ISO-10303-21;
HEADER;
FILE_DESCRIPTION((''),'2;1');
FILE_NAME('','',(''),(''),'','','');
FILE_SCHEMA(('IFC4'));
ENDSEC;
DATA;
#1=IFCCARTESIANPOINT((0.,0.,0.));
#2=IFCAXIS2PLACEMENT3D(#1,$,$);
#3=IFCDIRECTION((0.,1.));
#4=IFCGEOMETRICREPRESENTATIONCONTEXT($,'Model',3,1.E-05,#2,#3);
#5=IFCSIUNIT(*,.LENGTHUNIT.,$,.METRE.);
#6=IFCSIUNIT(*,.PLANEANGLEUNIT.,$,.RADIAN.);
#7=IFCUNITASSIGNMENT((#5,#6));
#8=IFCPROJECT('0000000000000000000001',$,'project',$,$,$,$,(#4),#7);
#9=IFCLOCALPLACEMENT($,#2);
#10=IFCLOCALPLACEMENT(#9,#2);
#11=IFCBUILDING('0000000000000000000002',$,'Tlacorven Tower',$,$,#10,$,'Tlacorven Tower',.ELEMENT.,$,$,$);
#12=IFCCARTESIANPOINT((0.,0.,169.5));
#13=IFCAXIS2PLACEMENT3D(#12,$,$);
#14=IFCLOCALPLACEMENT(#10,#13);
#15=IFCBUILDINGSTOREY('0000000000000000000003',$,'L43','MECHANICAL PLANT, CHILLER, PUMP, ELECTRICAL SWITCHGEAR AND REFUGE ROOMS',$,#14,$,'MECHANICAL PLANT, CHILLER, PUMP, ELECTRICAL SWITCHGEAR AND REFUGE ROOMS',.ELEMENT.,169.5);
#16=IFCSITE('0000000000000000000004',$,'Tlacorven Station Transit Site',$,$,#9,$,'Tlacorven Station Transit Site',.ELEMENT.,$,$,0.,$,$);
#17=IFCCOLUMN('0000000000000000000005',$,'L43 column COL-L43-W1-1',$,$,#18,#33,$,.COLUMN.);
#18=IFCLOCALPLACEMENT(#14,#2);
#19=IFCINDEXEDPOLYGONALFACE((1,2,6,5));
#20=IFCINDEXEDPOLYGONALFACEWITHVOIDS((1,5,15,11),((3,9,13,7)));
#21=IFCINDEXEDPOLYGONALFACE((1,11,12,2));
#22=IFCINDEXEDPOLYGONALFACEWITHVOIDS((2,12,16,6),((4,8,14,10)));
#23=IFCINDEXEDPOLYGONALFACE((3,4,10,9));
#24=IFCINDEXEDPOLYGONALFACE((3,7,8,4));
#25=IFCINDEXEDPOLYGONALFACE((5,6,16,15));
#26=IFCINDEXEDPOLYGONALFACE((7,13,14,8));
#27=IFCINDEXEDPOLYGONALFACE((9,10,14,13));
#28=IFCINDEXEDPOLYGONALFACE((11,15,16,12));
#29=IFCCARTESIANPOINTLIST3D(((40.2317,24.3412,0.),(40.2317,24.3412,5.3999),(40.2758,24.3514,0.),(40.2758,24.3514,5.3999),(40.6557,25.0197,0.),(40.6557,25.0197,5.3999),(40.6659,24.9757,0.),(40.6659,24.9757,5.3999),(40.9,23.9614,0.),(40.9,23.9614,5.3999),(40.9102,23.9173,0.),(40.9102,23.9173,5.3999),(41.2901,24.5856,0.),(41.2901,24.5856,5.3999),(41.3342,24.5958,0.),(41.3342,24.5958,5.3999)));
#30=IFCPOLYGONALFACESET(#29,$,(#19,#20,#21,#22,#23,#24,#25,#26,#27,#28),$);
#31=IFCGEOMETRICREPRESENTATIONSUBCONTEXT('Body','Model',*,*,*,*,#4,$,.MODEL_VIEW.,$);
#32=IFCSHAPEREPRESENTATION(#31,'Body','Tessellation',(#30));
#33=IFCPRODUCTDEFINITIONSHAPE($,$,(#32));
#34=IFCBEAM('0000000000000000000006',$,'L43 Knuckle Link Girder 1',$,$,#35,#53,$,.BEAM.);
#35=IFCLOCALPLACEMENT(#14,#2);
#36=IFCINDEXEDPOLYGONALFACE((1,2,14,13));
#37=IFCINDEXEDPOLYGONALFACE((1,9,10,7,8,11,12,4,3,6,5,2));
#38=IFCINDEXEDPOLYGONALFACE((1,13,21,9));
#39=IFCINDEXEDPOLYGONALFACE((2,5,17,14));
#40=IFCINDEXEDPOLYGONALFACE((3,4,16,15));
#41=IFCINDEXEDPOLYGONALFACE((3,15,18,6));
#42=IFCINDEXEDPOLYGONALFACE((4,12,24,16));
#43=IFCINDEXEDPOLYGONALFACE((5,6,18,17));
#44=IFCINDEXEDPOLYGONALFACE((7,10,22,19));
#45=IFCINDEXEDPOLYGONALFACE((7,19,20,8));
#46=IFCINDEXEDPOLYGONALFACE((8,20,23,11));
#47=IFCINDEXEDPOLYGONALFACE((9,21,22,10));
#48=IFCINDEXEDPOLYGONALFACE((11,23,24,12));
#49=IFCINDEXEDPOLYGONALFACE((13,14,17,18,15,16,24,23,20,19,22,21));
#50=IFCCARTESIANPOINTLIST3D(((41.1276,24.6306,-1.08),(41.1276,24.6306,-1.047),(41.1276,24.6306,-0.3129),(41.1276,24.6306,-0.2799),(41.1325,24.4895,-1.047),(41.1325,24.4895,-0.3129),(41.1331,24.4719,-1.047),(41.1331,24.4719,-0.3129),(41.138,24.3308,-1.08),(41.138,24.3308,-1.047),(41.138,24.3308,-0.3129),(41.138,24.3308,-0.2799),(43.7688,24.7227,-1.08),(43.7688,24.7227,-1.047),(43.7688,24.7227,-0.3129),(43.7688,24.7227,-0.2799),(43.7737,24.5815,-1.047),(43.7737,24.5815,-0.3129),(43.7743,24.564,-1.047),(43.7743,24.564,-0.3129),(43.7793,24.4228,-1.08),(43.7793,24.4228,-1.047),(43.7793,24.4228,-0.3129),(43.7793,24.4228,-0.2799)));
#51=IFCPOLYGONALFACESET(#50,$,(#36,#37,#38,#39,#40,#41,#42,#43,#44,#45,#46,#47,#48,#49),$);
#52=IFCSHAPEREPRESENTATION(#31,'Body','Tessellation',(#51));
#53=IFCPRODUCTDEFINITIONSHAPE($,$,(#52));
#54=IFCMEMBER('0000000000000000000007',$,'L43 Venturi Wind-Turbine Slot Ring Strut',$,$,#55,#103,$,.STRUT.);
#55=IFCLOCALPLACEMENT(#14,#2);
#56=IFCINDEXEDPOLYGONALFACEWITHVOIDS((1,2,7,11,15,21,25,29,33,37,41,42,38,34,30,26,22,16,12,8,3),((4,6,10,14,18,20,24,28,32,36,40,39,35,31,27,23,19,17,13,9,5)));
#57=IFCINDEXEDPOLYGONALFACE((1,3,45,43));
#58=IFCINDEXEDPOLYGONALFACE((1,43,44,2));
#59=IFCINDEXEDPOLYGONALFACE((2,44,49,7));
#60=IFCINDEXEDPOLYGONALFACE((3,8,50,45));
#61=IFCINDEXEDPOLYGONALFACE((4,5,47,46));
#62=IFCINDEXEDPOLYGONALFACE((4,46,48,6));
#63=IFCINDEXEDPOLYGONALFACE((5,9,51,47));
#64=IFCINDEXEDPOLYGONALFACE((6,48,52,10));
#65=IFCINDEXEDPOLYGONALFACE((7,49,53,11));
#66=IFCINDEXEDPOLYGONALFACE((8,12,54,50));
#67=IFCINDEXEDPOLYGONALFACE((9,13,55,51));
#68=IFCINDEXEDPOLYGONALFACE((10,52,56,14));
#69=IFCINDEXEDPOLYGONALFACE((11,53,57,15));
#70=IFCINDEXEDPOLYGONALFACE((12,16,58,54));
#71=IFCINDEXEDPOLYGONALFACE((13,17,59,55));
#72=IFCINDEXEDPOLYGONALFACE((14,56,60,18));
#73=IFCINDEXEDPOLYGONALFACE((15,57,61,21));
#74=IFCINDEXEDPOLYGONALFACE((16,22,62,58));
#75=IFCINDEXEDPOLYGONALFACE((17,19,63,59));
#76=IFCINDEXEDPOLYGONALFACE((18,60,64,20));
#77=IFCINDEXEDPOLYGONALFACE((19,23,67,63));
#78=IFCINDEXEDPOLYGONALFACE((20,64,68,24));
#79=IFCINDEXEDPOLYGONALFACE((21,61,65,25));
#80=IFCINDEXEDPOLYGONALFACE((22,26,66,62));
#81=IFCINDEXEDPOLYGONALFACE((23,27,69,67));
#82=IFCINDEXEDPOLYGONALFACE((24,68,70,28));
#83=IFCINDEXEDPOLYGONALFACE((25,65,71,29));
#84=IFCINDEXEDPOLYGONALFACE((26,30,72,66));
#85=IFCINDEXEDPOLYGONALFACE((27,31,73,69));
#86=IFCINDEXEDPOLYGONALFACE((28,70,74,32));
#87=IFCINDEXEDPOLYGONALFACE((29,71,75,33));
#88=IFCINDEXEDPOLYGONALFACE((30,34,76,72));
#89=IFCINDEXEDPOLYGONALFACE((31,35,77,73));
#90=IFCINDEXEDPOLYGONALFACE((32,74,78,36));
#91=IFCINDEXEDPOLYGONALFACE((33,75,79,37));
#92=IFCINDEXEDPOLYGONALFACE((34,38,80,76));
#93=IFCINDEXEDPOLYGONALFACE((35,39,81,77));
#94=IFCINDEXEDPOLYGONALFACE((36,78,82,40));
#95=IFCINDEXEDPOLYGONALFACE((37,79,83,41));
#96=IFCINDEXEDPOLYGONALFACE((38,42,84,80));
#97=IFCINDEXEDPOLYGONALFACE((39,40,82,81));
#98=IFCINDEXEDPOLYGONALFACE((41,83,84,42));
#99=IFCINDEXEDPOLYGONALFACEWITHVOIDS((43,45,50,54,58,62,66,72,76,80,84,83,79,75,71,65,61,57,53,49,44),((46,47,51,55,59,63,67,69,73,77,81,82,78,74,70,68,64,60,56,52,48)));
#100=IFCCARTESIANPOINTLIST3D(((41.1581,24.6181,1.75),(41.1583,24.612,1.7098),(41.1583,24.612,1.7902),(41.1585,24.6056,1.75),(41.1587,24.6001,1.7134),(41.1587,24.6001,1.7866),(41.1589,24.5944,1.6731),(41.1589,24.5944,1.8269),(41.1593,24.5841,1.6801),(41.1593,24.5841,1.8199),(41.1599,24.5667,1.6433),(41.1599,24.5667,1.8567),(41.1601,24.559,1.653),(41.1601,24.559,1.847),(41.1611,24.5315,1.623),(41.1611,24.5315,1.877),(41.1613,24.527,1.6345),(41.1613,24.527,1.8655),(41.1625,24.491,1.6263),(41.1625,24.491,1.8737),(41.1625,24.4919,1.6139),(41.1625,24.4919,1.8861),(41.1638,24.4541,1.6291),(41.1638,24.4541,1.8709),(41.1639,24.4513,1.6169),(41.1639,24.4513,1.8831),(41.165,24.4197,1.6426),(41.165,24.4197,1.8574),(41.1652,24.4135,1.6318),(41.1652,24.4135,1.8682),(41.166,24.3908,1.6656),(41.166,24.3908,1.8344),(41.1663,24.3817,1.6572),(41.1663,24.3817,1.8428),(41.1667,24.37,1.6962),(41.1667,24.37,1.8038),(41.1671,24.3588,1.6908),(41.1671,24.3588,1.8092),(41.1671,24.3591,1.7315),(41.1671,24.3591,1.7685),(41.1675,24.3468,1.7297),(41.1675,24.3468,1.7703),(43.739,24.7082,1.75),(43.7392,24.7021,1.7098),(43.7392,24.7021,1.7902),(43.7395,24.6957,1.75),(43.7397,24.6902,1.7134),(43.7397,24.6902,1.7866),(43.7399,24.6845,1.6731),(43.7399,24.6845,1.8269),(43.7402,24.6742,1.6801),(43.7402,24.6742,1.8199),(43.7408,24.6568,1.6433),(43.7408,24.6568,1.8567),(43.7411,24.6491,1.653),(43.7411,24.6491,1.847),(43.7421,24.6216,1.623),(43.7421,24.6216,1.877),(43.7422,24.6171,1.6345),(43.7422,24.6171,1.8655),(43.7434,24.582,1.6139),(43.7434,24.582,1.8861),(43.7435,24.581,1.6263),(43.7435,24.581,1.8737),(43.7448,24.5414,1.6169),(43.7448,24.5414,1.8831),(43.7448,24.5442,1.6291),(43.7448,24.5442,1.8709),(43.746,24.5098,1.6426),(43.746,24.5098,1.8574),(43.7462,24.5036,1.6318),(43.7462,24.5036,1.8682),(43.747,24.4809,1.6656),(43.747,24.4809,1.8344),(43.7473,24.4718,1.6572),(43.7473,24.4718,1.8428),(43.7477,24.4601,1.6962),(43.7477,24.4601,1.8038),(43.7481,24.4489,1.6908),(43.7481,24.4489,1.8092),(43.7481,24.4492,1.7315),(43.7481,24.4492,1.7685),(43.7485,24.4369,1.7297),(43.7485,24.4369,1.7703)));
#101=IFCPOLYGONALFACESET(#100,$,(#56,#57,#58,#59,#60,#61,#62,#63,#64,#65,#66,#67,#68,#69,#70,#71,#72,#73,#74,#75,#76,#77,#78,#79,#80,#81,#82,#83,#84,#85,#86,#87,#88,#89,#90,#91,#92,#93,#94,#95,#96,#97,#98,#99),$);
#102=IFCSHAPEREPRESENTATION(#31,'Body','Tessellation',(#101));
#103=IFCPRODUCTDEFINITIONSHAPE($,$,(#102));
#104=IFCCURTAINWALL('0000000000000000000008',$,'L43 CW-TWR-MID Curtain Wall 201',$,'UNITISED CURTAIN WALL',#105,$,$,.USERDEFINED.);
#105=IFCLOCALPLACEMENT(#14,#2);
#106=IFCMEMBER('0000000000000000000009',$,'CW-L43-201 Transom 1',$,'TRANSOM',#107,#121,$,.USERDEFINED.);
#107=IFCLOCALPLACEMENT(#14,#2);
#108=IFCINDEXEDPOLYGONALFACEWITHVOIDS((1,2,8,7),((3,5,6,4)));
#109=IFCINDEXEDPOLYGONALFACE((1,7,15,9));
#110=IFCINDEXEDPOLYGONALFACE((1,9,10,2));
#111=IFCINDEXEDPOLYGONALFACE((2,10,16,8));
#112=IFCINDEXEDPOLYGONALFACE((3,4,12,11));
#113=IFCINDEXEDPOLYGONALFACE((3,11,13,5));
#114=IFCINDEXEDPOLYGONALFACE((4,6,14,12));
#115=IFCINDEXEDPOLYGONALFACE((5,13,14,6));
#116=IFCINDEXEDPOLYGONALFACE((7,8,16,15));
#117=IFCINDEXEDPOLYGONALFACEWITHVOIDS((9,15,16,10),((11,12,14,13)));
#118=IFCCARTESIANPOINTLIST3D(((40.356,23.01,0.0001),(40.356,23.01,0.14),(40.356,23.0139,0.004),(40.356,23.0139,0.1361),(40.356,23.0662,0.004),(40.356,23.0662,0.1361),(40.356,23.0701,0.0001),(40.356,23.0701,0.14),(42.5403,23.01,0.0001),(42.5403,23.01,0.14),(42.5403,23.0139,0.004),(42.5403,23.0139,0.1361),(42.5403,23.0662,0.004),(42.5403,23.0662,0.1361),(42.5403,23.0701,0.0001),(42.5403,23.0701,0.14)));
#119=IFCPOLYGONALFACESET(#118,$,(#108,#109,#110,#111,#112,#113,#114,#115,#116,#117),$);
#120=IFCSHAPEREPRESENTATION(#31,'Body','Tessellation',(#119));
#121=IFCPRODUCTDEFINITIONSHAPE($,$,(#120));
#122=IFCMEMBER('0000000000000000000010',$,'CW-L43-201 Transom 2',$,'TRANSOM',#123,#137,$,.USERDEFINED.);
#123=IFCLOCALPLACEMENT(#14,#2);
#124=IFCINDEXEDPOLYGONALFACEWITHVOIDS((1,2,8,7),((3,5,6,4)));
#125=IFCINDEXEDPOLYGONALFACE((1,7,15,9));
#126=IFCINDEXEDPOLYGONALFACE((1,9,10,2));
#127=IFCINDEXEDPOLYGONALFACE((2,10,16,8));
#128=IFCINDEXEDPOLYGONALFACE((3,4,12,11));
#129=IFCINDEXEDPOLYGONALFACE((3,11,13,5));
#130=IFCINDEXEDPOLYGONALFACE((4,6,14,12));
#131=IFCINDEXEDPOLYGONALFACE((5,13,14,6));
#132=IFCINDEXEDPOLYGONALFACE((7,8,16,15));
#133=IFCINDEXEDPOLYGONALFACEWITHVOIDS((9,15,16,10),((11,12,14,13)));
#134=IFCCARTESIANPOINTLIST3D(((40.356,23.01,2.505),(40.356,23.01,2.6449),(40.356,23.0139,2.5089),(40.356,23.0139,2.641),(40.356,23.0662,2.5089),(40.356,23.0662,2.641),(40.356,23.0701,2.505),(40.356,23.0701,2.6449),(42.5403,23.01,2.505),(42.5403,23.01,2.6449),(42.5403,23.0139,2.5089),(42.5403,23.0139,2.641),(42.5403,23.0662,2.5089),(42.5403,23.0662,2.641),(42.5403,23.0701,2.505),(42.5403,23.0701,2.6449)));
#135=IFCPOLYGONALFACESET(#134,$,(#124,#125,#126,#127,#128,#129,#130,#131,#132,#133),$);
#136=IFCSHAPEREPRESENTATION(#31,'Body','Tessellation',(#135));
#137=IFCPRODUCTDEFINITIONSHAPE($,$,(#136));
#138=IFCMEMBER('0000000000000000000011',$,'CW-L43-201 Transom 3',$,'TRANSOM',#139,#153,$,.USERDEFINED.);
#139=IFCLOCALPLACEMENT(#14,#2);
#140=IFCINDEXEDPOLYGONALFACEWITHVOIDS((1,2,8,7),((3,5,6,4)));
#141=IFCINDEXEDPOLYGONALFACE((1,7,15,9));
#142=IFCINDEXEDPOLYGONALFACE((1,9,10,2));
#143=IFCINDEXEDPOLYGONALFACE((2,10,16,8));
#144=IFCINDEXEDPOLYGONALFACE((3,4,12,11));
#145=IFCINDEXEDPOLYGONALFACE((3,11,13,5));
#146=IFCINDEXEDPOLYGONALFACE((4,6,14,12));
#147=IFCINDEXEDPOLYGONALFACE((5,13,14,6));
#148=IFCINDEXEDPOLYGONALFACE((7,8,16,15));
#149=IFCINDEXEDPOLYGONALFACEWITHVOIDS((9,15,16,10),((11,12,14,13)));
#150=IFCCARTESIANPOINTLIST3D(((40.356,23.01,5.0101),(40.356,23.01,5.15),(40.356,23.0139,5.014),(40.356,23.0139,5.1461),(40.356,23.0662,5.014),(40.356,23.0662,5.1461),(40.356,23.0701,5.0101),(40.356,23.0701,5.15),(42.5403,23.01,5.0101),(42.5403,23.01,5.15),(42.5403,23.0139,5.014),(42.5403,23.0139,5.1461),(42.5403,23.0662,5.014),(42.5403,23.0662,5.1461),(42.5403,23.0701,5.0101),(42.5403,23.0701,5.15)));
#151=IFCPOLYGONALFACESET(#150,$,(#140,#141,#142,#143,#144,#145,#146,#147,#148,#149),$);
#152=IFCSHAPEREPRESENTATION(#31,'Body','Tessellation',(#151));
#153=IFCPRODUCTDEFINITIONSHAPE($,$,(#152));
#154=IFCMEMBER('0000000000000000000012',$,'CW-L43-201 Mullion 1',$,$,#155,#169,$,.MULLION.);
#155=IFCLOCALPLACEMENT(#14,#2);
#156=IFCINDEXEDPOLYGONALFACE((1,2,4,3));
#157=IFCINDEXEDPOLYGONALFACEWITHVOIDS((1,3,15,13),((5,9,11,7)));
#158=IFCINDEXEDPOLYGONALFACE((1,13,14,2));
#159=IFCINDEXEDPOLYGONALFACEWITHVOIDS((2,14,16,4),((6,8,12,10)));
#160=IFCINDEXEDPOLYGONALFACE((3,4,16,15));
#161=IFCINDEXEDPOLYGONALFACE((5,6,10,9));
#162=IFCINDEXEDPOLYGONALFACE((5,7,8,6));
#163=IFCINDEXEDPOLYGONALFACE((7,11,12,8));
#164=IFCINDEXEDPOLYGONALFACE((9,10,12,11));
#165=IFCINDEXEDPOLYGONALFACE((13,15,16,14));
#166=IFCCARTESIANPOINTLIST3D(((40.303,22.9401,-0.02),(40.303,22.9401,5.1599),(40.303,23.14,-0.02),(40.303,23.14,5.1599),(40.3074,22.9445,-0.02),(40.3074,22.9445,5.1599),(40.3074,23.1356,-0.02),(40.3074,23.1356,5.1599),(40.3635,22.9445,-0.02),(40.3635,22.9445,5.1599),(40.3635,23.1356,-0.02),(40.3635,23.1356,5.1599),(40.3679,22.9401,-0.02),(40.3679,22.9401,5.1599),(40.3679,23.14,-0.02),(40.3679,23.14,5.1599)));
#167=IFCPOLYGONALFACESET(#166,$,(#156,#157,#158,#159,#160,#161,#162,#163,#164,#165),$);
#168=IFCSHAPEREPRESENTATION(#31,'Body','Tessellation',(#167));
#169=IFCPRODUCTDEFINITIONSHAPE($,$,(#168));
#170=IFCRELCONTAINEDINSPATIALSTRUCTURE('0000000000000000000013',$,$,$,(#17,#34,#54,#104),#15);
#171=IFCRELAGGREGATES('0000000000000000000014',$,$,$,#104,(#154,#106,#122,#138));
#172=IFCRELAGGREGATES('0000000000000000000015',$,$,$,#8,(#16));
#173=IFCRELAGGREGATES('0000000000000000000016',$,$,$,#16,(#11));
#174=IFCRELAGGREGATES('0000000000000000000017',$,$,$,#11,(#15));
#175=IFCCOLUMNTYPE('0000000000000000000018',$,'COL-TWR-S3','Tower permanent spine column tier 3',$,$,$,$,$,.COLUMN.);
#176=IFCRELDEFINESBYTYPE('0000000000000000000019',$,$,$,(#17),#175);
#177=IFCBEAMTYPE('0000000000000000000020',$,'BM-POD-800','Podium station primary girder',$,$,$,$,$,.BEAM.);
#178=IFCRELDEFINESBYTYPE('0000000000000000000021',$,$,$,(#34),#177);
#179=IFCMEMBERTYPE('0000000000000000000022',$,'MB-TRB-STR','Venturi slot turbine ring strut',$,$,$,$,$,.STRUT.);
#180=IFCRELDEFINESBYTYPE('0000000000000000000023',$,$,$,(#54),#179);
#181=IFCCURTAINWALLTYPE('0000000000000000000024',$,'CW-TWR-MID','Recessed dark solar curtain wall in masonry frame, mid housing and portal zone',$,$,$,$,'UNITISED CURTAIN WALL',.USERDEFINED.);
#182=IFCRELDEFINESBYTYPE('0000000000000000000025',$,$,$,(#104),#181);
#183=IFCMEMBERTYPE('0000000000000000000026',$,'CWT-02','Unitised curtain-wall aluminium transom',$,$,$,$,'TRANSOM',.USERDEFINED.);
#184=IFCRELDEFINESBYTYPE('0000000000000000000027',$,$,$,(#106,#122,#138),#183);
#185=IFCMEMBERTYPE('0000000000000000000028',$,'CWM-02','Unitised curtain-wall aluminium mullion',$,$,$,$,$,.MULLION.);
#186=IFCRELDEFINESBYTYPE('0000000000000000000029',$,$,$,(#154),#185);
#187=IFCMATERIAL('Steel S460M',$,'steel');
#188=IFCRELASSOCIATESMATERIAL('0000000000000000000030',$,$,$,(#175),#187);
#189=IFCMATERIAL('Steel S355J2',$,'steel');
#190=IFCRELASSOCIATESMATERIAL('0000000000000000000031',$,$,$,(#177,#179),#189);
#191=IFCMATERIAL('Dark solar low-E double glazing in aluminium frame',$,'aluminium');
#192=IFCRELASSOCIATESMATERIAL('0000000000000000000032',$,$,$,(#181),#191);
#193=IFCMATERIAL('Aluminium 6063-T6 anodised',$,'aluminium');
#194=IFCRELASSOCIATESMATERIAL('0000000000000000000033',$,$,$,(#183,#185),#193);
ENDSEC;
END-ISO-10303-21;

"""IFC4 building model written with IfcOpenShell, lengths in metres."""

from ifc_helpers import new_model, si_unit, direction, frame, origin, origin_2d, place, context, subcontext, project, spatial, hollow_rectangle, hollow_circle, i_section, extrude, source, transform, mapped, material, material_profile, profile_set, type_object, element, aggregate, save


model = new_model("IFC4")

# Units and contexts
model_context = context("Model", 3, precision=1e-05, world=origin(), true_north=direction((0.0, 1.0)))
body_context = subcontext(model_context, "Body", "Model", "MODEL_VIEW")
ifc_project = project(units=[si_unit("LENGTHUNIT", "METRE"), si_unit("PLANEANGLEUNIT", "RADIAN")], contexts=[model_context])

# Site, building, storey
site_placement = place(None, origin())
site = spatial("IfcSite", under=ifc_project, at=site_placement, Name="Tlacorven Station Transit Site", LongName="Tlacorven Station Transit Site", CompositionType="ELEMENT", RefElevation=0.0)
building_placement = place(site_placement, origin())
building = spatial("IfcBuilding", under=site, at=building_placement, Name="Tlacorven Tower", LongName="Tlacorven Tower", CompositionType="ELEMENT")
storey_placement = place(building_placement, frame((0.0, 0.0, 169.5)))
storey = spatial("IfcBuildingStorey", under=building, at=storey_placement, Name="L43", Description="MECHANICAL PLANT, CHILLER, PUMP, ELECTRICAL SWITCHGEAR AND REFUGE ROOMS", LongName="MECHANICAL PLANT, CHILLER, PUMP, ELECTRICAL SWITCHGEAR AND REFUGE ROOMS", CompositionType="ELEMENT", Elevation=169.5)

# Column
ifc_material_1 = material(Name="Steel S460M", Category="steel")
ifc_material_profile_1 = material_profile(ifc_material_1, hollow_rectangle(XDim=0.8, YDim=0.8, WallThickness=0.032, at=origin_2d()), Name="BOX 800X800X32")
ifc_profile_set_1 = profile_set([ifc_material_profile_1], Name="Steel S460M")
column_type = type_object("IfcColumnType", Name="COL-TWR-S3", Description="Tower permanent spine column tier 3", PredefinedType="COLUMN", material=ifc_profile_set_1)
shared_shape_1 = source(origin(), body_context, "Body", "SweptSolid", [
    extrude(hollow_rectangle(XDim=0.8, YDim=0.8, WallThickness=0.032, at=origin_2d()), origin(), (0.0, 0.0, 1.0), 5.3999),
])
column_placement = place(storey_placement, frame((40.783, 24.4685, 0.0), z_axis=(0.0, 0.0, 1.0), x_axis=(-0.848048, 0.529919, 0.0)))
element("IfcColumn", 1, at=column_placement, inside=storey, type_object=column_type, Name="L43 column COL-L43-W1-1", PredefinedType="COLUMN", context=body_context, shape_type="MappedRepresentation", body=[
    mapped(shared_shape_1, transform((0.0, 0.0, 0.0), scale=1.0)),
])

# Beam
ifc_material_2 = material(Name="Steel S355J2", Category="steel")
ifc_material_profile_2 = material_profile(ifc_material_2, i_section(OverallWidth=0.3, OverallDepth=0.8, WebThickness=0.0176, FlangeThickness=0.033, at=origin_2d()), Name="HEB 800")
ifc_profile_set_2 = profile_set([ifc_material_profile_2], Name="Steel S355J2")
beam_type = type_object("IfcBeamType", Name="BM-POD-800", Description="Podium station primary girder", PredefinedType="BEAM", material=ifc_profile_set_2)
shared_shape_2 = source(origin(), body_context, "Body", "SweptSolid", [
    extrude(i_section(OverallWidth=0.3, OverallDepth=0.8, WebThickness=0.0176, FlangeThickness=0.033, at=origin_2d()), origin(), (0.0, 0.0, 1.0), 2.6428),
])
beam_placement = place(storey_placement, frame((41.1328, 24.4807, -0.6799), z_axis=(0.999393, 0.034828, 0.0), x_axis=(-0.034828, 0.999393, 0.0)))
element("IfcBeam", 2, at=beam_placement, inside=storey, type_object=beam_type, Name="L43 Knuckle Link Girder 1", PredefinedType="BEAM", context=body_context, shape_type="MappedRepresentation", body=[
    mapped(shared_shape_2, transform((0.0, 0.0, 0.0), scale=1.0)),
])

# Member
ifc_material_profile_3 = material_profile(ifc_material_2, hollow_circle(Radius=0.1365, WallThickness=0.0125, at=origin_2d()), Name="CHS 273.0X12.5")
ifc_profile_set_3 = profile_set([ifc_material_profile_3], Name="Steel S355J2")
member_type_1 = type_object("IfcMemberType", Name="MB-TRB-STR", Description="Venturi slot turbine ring strut", PredefinedType="STRUT", material=ifc_profile_set_3)
shared_shape_3 = source(origin(), body_context, "Body", "SweptSolid", [
    extrude(hollow_circle(Radius=0.1365, WallThickness=0.0125, at=origin_2d()), origin(), (0.0, 0.0, 1.0), 2.5825),
])
member_1_placement = place(storey_placement, frame((41.1628, 24.4817, 1.75), z_axis=(0.999391, 0.034882, 0.0), x_axis=(-0.034882, 0.999391, 0.0)))
element("IfcMember", 3, at=member_1_placement, inside=storey, type_object=member_type_1, Name="L43 Venturi Wind-Turbine Slot Ring Strut", PredefinedType="STRUT", context=body_context, shape_type="MappedRepresentation", body=[
    mapped(shared_shape_3, transform((0.0, 0.0, 0.0), scale=1.0)),
])

# Curtain wall, members
ifc_material_3 = material(Name="Dark solar low-E double glazing in aluminium frame", Category="aluminium")
curtain_wall_type = type_object("IfcCurtainWallType", Name="CW-TWR-MID", Description="Recessed dark solar curtain wall in masonry frame, mid housing and portal zone", ElementType="UNITISED CURTAIN WALL", PredefinedType="USERDEFINED", material=ifc_material_3)
curtain_wall_placement = place(storey_placement, origin())
curtain_wall = element("IfcCurtainWall", 4, at=curtain_wall_placement, inside=storey, type_object=curtain_wall_type, Name="L43 CW-TWR-MID Curtain Wall 201", ObjectType="UNITISED CURTAIN WALL", PredefinedType="USERDEFINED")
ifc_material_4 = material(Name="Aluminium 6063-T6 anodised", Category="aluminium")
ifc_material_profile_4 = material_profile(ifc_material_4, hollow_rectangle(XDim=0.0601, YDim=0.1399, WallThickness=0.0039, at=origin_2d()), Name="ALU TRANSOM 60X140")
ifc_profile_set_4 = profile_set([ifc_material_profile_4], Name="Aluminium 6063-T6 anodised")
member_type_2 = type_object("IfcMemberType", Name="CWT-02", Description="Unitised curtain-wall aluminium transom", ElementType="TRANSOM", PredefinedType="USERDEFINED", material=ifc_profile_set_4)
shared_shape_4 = source(origin(), body_context, "Body", "SweptSolid", [
    extrude(hollow_rectangle(XDim=0.0601, YDim=0.1399, WallThickness=0.0039, at=origin_2d()), origin(), (0.0, 0.0, 1.0), 2.1843),
])
member_2_placement = place(storey_placement, frame((40.356, 23.04, 0.0701), z_axis=(1.0, 0.0, 0.0), x_axis=(0.0, 1.0, 0.0)))
member_2 = element("IfcMember", 5, at=member_2_placement, type_object=member_type_2, Name="CW-L43-201 Transom 1", ObjectType="TRANSOM", PredefinedType="USERDEFINED", context=body_context, shape_type="MappedRepresentation", body=[
    mapped(shared_shape_4, transform((0.0, 0.0, 0.0), scale=1.0)),
])
member_3_placement = place(storey_placement, frame((40.356, 23.04, 2.575), z_axis=(1.0, 0.0, 0.0), x_axis=(0.0, 1.0, 0.0)))
member_3 = element("IfcMember", 6, at=member_3_placement, type_object=member_type_2, Name="CW-L43-201 Transom 2", ObjectType="TRANSOM", PredefinedType="USERDEFINED", context=body_context, shape_type="MappedRepresentation", body=[
    mapped(shared_shape_4, transform((0.0, 0.0, 0.0), scale=1.0)),
])
member_4_placement = place(storey_placement, frame((40.356, 23.04, 5.0801), z_axis=(1.0, 0.0, 0.0), x_axis=(0.0, 1.0, 0.0)))
member_4 = element("IfcMember", 7, at=member_4_placement, type_object=member_type_2, Name="CW-L43-201 Transom 3", ObjectType="TRANSOM", PredefinedType="USERDEFINED", context=body_context, shape_type="MappedRepresentation", body=[
    mapped(shared_shape_4, transform((0.0, 0.0, 0.0), scale=1.0)),
])
ifc_material_profile_5 = material_profile(ifc_material_4, hollow_rectangle(XDim=0.0649, YDim=0.2, WallThickness=0.0044, at=origin_2d()), Name="ALU MULLION 65X200")
ifc_profile_set_5 = profile_set([ifc_material_profile_5], Name="Aluminium 6063-T6 anodised")
member_type_3 = type_object("IfcMemberType", Name="CWM-02", Description="Unitised curtain-wall aluminium mullion", PredefinedType="MULLION", material=ifc_profile_set_5)
shared_shape_5 = source(origin(), body_context, "Body", "SweptSolid", [
    extrude(hollow_rectangle(XDim=0.0649, YDim=0.2, WallThickness=0.0044, at=origin_2d()), origin(), (0.0, 0.0, 1.0), 5.1799),
])
member_5_placement = place(storey_placement, frame((40.3354, 23.04, -0.02), z_axis=(0.0, 0.0, 1.0), x_axis=(1.0, 0.0, 0.0)))
member_5 = element("IfcMember", 8, at=member_5_placement, type_object=member_type_3, Name="CW-L43-201 Mullion 1", PredefinedType="MULLION", context=body_context, shape_type="MappedRepresentation", body=[
    mapped(shared_shape_5, transform((0.0, 0.0, 0.0), scale=1.0)),
])

aggregate(curtain_wall, [member_5, member_2, member_3, member_4])

save(model, "model.ifc")
